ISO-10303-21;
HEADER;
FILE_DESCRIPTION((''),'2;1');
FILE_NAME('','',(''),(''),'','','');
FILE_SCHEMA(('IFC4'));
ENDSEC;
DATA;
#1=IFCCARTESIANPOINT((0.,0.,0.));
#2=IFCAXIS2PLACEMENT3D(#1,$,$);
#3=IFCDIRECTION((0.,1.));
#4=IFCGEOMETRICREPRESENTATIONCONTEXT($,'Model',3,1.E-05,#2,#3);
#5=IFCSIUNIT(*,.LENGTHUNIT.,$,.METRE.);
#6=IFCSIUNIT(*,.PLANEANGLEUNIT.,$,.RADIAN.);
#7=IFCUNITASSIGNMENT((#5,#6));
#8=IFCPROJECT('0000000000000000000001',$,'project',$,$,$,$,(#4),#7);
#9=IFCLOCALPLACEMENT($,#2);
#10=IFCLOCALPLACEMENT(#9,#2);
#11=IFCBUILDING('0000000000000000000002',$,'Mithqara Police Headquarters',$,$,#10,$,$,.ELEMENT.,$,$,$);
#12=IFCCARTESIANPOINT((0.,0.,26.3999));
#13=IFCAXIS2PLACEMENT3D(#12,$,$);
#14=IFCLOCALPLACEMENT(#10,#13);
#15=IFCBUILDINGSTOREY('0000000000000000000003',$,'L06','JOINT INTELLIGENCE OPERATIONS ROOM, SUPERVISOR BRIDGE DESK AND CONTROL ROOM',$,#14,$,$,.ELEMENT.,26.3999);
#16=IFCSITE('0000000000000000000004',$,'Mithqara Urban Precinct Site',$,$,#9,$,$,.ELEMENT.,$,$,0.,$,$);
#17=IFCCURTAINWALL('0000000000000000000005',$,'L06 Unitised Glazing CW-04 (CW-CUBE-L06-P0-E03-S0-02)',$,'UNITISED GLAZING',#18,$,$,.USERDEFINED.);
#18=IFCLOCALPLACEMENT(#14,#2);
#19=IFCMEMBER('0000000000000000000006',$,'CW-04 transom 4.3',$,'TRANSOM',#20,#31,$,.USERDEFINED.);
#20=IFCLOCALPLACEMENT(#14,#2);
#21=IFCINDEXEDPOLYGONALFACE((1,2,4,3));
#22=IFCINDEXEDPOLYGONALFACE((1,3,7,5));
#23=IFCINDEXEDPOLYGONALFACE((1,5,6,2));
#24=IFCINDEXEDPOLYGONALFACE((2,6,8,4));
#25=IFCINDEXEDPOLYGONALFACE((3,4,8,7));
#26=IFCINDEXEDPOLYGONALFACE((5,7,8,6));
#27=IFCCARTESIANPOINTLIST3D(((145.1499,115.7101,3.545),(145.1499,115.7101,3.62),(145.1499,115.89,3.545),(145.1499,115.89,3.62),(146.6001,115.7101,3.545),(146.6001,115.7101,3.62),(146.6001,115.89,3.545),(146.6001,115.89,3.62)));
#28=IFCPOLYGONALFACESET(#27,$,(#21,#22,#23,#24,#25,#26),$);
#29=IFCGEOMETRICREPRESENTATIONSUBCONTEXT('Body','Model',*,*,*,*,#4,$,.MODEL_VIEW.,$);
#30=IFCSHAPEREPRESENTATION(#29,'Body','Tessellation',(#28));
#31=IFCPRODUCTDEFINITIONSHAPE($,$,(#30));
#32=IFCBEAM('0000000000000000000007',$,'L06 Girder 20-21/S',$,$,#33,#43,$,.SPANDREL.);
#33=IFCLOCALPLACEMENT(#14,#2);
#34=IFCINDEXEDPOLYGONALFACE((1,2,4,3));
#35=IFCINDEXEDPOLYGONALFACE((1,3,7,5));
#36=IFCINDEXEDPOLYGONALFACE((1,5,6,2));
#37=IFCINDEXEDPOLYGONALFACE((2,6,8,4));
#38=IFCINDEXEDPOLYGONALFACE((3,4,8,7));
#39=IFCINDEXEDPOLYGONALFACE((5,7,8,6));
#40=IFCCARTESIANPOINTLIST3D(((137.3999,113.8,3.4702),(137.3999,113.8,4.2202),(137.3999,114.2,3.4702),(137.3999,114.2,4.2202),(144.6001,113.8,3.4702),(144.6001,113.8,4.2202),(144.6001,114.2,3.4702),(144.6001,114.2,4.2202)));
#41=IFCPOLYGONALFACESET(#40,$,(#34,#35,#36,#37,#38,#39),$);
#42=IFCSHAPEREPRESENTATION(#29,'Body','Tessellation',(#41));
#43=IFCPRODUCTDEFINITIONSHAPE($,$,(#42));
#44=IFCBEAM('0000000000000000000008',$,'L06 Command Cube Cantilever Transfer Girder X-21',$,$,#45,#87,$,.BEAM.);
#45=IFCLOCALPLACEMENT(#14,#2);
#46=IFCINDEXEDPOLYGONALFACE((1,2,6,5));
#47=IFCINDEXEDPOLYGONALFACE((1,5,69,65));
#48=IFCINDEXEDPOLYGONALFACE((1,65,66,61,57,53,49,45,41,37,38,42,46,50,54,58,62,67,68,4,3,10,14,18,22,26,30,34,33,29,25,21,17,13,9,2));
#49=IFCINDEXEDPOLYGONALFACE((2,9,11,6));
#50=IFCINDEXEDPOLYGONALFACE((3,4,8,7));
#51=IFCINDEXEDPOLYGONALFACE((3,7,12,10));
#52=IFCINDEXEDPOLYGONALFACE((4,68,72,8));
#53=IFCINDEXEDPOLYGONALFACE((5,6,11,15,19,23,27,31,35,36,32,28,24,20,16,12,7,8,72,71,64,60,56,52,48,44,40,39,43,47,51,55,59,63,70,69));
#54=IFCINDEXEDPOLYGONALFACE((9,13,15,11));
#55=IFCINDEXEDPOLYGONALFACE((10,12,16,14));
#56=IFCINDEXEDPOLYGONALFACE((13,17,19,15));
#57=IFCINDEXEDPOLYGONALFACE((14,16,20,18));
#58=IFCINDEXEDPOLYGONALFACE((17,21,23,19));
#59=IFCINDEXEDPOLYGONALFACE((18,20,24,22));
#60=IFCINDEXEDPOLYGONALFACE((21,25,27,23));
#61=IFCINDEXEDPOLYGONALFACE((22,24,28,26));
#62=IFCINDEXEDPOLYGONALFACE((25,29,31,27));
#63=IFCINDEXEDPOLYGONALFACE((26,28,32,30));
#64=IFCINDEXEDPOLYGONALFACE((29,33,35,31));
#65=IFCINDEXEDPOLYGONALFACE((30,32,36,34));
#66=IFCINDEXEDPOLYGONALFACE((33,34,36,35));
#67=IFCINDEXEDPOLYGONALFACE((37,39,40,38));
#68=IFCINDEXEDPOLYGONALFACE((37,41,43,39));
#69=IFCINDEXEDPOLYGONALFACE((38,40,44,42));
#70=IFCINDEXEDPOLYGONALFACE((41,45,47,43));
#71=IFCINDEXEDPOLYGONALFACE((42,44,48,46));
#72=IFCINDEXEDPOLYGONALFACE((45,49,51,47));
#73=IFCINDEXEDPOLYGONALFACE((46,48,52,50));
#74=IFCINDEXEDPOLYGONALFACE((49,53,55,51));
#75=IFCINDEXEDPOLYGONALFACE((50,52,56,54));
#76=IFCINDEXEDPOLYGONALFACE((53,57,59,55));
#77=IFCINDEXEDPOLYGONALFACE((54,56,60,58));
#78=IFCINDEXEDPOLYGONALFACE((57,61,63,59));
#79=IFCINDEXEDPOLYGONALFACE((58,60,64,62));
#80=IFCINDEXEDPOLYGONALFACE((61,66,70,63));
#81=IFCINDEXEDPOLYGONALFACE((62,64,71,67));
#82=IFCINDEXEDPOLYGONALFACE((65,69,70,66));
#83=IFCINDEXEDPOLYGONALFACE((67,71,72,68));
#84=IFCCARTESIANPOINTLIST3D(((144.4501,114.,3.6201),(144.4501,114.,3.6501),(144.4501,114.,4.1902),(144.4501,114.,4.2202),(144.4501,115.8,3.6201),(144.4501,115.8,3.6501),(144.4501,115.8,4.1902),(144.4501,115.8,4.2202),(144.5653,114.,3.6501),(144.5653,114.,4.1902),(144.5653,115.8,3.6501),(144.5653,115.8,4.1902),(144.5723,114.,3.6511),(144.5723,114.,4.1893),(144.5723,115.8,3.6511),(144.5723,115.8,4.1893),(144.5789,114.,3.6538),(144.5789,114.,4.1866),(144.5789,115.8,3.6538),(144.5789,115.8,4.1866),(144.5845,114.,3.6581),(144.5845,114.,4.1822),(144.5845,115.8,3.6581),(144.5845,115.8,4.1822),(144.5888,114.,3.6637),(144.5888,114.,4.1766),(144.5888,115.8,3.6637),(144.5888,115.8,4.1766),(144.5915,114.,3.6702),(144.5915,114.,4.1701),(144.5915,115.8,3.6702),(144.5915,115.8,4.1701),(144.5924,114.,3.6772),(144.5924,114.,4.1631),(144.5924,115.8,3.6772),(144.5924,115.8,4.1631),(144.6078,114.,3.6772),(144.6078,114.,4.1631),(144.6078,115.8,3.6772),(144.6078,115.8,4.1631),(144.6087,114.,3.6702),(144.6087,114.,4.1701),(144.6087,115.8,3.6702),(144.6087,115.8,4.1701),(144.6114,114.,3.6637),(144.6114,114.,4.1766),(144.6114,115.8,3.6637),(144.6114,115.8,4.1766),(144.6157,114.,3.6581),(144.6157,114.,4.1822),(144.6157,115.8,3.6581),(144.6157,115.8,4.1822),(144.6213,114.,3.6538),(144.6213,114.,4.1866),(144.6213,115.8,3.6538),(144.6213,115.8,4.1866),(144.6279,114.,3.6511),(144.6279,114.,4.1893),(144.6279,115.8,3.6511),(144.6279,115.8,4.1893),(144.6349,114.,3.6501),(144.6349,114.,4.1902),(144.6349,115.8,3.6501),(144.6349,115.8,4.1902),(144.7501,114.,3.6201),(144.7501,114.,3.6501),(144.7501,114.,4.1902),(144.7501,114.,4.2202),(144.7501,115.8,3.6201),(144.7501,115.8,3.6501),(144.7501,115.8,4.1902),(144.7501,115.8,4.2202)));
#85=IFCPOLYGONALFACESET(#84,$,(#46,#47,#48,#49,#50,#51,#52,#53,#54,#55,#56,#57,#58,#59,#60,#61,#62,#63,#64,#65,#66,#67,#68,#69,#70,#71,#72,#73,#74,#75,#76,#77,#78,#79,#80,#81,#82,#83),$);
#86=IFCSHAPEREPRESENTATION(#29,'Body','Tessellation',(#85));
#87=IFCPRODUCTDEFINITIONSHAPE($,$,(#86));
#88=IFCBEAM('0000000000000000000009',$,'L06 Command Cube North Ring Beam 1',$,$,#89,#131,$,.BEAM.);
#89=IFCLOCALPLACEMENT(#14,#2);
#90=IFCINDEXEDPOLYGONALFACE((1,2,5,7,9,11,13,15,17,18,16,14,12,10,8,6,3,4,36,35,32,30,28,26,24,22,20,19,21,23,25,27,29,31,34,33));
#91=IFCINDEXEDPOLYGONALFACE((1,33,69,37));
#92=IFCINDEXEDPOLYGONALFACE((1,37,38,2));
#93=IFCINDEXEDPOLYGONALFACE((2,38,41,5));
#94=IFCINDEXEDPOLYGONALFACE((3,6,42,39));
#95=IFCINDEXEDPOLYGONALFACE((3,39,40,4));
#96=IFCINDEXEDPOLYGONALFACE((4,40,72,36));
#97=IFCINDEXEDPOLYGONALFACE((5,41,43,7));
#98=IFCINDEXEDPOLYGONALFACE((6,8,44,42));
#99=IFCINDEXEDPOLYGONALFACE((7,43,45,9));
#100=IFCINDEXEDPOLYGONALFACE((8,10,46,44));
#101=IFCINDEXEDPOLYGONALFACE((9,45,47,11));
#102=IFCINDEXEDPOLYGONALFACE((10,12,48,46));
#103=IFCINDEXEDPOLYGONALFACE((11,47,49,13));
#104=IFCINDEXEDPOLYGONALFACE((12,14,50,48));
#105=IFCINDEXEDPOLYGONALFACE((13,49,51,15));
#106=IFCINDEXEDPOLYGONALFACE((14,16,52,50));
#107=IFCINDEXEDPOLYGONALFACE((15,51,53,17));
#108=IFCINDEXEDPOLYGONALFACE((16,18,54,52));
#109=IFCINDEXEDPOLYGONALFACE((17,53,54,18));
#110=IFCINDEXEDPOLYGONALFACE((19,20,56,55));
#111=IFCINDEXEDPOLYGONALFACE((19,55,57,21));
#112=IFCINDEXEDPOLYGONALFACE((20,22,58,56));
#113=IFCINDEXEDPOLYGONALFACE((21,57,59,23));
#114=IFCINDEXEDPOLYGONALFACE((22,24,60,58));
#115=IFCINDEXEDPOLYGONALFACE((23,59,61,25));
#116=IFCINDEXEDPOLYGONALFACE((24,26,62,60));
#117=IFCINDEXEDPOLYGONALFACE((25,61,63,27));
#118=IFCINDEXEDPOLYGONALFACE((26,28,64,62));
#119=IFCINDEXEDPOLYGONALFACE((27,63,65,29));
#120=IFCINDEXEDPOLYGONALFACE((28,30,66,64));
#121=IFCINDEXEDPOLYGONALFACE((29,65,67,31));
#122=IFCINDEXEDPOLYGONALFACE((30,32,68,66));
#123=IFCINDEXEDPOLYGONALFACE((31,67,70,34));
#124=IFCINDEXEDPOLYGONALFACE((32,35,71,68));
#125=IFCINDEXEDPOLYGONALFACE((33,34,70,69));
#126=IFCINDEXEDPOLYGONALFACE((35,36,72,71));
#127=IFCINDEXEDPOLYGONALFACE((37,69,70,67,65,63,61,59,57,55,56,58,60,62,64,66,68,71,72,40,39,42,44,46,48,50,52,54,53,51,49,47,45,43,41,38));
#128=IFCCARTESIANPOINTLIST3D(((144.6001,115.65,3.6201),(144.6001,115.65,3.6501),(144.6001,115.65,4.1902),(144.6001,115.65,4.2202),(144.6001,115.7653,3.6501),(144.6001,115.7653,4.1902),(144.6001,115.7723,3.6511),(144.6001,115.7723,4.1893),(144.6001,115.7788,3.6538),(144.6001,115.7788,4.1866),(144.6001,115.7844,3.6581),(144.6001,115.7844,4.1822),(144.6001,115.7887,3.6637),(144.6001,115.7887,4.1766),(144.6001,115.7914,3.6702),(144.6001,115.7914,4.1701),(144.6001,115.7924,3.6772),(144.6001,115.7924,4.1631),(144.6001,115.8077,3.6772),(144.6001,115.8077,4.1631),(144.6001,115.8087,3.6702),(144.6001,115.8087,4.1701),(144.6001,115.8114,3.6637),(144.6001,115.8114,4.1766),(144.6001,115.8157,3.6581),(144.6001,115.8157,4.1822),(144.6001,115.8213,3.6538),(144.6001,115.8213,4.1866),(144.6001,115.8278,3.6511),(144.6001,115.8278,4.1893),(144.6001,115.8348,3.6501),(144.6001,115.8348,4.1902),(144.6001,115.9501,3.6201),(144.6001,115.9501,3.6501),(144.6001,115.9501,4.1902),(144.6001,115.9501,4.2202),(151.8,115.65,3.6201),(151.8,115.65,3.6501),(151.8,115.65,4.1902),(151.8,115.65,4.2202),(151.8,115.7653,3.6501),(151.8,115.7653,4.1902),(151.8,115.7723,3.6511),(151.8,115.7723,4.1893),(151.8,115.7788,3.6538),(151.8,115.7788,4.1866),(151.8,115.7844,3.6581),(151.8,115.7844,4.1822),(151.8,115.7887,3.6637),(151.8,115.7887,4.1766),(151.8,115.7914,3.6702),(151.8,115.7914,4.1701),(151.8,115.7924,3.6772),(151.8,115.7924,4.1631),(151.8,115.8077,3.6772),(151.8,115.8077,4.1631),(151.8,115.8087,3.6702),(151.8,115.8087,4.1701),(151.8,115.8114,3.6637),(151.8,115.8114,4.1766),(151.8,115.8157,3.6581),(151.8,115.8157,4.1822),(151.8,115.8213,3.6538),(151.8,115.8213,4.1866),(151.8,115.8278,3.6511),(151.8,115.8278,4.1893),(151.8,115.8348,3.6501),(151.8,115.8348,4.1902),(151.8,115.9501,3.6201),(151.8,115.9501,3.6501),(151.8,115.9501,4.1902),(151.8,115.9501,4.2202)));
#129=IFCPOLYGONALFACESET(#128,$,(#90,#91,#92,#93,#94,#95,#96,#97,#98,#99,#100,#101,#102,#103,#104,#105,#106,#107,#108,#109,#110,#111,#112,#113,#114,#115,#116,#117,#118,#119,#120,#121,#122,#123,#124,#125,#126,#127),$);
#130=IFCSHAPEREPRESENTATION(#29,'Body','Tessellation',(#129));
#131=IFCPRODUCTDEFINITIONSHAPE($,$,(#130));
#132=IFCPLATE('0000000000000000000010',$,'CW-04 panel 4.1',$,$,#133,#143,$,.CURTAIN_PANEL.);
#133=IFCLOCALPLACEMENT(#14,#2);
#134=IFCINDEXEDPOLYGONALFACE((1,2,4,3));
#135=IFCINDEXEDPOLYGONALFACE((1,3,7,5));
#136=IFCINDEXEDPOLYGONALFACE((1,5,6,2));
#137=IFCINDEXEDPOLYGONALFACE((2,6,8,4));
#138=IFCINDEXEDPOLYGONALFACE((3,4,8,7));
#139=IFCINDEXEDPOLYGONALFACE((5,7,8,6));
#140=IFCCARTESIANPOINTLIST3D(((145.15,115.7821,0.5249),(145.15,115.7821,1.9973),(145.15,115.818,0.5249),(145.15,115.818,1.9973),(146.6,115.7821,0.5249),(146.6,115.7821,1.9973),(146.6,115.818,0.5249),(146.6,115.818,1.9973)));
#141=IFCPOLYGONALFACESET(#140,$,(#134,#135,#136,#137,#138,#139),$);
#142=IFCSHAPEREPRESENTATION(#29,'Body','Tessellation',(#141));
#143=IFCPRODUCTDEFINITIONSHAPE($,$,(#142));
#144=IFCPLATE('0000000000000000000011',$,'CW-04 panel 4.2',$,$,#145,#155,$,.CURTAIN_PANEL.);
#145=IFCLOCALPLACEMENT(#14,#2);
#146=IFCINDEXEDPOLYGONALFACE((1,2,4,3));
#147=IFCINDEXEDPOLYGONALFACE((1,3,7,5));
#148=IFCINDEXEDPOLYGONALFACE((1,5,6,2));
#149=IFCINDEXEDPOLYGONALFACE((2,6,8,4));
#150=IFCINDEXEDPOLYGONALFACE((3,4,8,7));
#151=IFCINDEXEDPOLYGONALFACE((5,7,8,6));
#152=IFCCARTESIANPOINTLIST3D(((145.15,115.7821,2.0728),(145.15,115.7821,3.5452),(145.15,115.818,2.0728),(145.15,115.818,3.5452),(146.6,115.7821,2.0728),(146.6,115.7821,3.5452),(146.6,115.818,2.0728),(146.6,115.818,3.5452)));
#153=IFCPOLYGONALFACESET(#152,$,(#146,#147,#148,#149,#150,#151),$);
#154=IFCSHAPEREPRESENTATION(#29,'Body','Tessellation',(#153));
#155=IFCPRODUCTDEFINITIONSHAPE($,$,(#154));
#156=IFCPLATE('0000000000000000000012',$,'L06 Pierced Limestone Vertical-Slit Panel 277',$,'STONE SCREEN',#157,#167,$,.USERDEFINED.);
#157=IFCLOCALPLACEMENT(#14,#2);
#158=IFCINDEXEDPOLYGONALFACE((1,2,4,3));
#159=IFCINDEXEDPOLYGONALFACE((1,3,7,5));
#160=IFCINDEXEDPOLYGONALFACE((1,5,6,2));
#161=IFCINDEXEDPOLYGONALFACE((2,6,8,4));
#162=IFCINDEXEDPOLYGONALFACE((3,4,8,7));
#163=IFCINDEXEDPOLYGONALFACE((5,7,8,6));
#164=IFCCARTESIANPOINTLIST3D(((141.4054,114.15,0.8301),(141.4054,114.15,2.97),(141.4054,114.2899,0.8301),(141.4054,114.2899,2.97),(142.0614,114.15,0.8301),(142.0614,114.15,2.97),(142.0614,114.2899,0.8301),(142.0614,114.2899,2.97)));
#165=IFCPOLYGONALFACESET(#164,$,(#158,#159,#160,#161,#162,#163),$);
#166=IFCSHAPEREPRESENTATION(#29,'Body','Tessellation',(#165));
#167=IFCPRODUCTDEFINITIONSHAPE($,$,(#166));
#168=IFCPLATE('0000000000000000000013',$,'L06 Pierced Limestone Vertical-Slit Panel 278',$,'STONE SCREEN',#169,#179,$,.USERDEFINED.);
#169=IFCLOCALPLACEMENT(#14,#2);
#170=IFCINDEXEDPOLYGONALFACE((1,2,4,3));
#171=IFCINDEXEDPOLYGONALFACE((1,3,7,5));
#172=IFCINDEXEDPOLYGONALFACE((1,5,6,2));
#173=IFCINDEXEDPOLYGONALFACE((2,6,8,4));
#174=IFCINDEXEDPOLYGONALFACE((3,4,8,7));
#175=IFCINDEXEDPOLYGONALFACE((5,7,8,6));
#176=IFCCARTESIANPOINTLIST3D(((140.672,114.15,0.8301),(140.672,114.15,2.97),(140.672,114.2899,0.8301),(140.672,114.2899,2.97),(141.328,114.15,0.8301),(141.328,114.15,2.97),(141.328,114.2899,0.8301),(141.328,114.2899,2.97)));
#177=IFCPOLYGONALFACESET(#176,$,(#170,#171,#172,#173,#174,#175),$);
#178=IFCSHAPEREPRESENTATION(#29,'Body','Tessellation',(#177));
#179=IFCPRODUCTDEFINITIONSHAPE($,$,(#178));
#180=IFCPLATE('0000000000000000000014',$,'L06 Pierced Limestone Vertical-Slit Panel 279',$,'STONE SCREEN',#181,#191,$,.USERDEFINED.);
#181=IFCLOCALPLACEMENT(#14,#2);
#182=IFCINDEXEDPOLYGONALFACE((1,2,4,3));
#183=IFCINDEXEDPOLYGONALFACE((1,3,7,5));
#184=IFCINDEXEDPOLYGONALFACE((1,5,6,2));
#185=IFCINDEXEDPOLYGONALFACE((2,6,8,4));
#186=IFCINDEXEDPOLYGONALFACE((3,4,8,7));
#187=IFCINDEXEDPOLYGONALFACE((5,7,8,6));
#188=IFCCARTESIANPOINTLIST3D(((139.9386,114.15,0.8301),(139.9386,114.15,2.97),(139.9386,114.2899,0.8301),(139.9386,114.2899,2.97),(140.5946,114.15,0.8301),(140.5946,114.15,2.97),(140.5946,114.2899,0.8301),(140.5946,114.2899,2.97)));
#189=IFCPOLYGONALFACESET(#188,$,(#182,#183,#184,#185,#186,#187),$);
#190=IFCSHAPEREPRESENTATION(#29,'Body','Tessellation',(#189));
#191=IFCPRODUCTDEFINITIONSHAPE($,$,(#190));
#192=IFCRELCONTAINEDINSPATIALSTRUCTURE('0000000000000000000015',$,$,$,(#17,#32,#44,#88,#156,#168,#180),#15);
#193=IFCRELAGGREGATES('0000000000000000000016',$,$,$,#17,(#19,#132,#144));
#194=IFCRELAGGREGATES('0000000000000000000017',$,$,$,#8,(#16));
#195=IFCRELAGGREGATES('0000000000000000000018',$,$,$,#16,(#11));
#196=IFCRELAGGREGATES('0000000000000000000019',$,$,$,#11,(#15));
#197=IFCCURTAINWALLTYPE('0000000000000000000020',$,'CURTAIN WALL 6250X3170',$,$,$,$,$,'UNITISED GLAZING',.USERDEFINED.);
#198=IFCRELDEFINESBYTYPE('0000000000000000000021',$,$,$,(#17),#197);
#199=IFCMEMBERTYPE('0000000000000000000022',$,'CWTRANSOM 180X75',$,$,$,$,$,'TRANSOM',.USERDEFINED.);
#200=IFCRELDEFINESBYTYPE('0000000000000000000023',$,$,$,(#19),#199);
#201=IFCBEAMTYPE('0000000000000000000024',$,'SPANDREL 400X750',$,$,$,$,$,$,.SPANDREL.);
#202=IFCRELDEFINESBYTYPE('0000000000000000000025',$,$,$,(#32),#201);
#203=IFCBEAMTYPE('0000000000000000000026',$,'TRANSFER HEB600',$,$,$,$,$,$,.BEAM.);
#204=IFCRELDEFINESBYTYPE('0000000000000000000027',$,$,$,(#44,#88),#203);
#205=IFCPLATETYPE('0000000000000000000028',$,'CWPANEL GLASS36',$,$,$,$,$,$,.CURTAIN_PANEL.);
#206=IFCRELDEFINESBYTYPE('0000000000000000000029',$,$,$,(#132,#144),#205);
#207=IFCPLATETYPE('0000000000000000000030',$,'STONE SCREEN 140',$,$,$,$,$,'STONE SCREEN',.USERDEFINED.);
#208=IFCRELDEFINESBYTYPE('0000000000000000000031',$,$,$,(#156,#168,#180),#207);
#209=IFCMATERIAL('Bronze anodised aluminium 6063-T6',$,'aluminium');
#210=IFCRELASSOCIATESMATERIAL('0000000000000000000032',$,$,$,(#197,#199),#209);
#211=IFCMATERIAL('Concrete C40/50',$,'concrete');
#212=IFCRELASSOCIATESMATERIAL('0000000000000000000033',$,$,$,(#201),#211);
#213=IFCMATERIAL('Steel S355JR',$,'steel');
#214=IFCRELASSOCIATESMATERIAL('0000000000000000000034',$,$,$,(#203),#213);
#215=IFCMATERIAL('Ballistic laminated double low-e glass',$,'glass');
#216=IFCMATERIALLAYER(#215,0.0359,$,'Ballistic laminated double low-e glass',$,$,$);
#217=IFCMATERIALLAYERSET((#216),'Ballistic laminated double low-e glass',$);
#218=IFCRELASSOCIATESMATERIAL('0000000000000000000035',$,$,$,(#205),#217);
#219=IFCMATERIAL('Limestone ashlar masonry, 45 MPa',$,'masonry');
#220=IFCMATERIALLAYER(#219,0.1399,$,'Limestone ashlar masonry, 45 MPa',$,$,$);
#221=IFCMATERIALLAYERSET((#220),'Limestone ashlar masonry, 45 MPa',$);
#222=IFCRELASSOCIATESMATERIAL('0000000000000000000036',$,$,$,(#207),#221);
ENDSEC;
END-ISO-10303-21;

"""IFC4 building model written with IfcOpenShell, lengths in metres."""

from ifc_helpers import new_model, si_unit, direction, frame, origin, origin_2d, place, context, subcontext, project, spatial, rectangle, i_section, extrude, material, layer, layer_set, material_profile, profile_set, type_object, element, aggregate, save


model = new_model("IFC4")

# Units and contexts
model_context = context("Model", 3, precision=1e-05, world=origin(), true_north=direction((0.0, 1.0)))
body_context = subcontext(model_context, "Body", "Model", "MODEL_VIEW")
ifc_project = project(units=[si_unit("LENGTHUNIT", "METRE"), si_unit("PLANEANGLEUNIT", "RADIAN")], contexts=[model_context])

# Site, building, storey
site_placement = place(None, origin())
site = spatial("IfcSite", under=ifc_project, at=site_placement, Name="Mithqara Urban Precinct Site", CompositionType="ELEMENT", RefElevation=0.0)
building_placement = place(site_placement, origin())
building = spatial("IfcBuilding", under=site, at=building_placement, Name="Mithqara Police Headquarters", CompositionType="ELEMENT")
storey_placement = place(building_placement, frame((0.0, 0.0, 26.3999)))
storey = spatial("IfcBuildingStorey", under=building, at=storey_placement, Name="L06", Description="JOINT INTELLIGENCE OPERATIONS ROOM, SUPERVISOR BRIDGE DESK AND CONTROL ROOM", CompositionType="ELEMENT", Elevation=26.3999)

# Shared definitions
ifc_material_1 = material(Name="Steel S355JR", Category="steel")

# Curtain wall, member
ifc_material_2 = material(Name="Bronze anodised aluminium 6063-T6", Category="aluminium")
curtain_wall_type = type_object("IfcCurtainWallType", Name="CURTAIN WALL 6250X3170", ElementType="UNITISED GLAZING", PredefinedType="USERDEFINED", material=ifc_material_2)
curtain_wall_placement = place(storey_placement, origin())
curtain_wall = element("IfcCurtainWall", 1, at=curtain_wall_placement, inside=storey, type_object=curtain_wall_type, Name="L06 Unitised Glazing CW-04 (CW-CUBE-L06-P0-E03-S0-02)", ObjectType="UNITISED GLAZING", PredefinedType="USERDEFINED")
ifc_material_profile_1 = material_profile(ifc_material_2, rectangle(XDim=0.1799, YDim=0.075, at=origin_2d()), Name="CWT 180x75")
ifc_profile_set_1 = profile_set([ifc_material_profile_1], Name="Bronze anodised aluminium 6063-T6")
member_type_1 = type_object("IfcMemberType", Name="CWTRANSOM 180X75", ElementType="TRANSOM", PredefinedType="USERDEFINED", material=ifc_profile_set_1)
member_1_placement = place(storey_placement, frame((146.6001, 115.8, 3.5825), z_axis=(-1.0, 0.0, 0.0), x_axis=(0.0, -1.0, 0.0)))
member_1 = element("IfcMember", 2, at=member_1_placement, type_object=member_type_1, Name="CW-04 transom 4.3", ObjectType="TRANSOM", PredefinedType="USERDEFINED", context=body_context, shape_type="SweptSolid", body=[
    extrude(rectangle(XDim=0.1799, YDim=0.075, at=origin_2d()), origin(), (0.0, 0.0, 1.0), 1.4502),
])

# Beams
ifc_material_3 = material(Name="Concrete C40/50", Category="concrete")
ifc_material_profile_2 = material_profile(ifc_material_3, rectangle(XDim=0.3999, YDim=0.75, at=origin_2d()), Name="SPB 400x750")
ifc_profile_set_2 = profile_set([ifc_material_profile_2], Name="Concrete C40/50")
beam_type_1 = type_object("IfcBeamType", Name="SPANDREL 400X750", PredefinedType="SPANDREL", material=ifc_profile_set_2)
beam_1_placement = place(storey_placement, frame((137.3999, 114.0, 3.8452), z_axis=(1.0, 0.0, 0.0), x_axis=(0.0, 1.0, 0.0)))
element("IfcBeam", 3, at=beam_1_placement, inside=storey, type_object=beam_type_1, Name="L06 Girder 20-21/S", PredefinedType="SPANDREL", context=body_context, shape_type="SweptSolid", body=[
    extrude(rectangle(XDim=0.3999, YDim=0.75, at=origin_2d()), origin(), (0.0, 0.0, 1.0), 7.2002),
])
ifc_material_profile_3 = material_profile(ifc_material_1, i_section(OverallWidth=0.3, OverallDepth=0.6001, WebThickness=0.0154, FlangeThickness=0.03, FilletRadius=0.0271, at=origin_2d()), Name="HEB 600")
ifc_profile_set_3 = profile_set([ifc_material_profile_3], Name="Steel S355JR")
beam_type_2 = type_object("IfcBeamType", Name="TRANSFER HEB600", PredefinedType="BEAM", material=ifc_profile_set_3)
beam_2_placement = place(storey_placement, frame((144.6001, 114.0, 3.9202), z_axis=(0.0, 1.0, 0.0), x_axis=(-1.0, 0.0, 0.0)))
element("IfcBeam", 4, at=beam_2_placement, inside=storey, type_object=beam_type_2, Name="L06 Command Cube Cantilever Transfer Girder X-21", PredefinedType="BEAM", context=body_context, shape_type="SweptSolid", body=[
    extrude(i_section(OverallWidth=0.3, OverallDepth=0.6001, WebThickness=0.0154, FlangeThickness=0.03, FilletRadius=0.0271, at=origin_2d()), origin(), (0.0, 0.0, 1.0), 1.8),
])
beam_3_placement = place(storey_placement, frame((144.6001, 115.8, 3.9202), z_axis=(1.0, 0.0, 0.0), x_axis=(0.0, 1.0, 0.0)))
element("IfcBeam", 5, at=beam_3_placement, inside=storey, type_object=beam_type_2, Name="L06 Command Cube North Ring Beam 1", PredefinedType="BEAM", context=body_context, shape_type="SweptSolid", body=[
    extrude(i_section(OverallWidth=0.3, OverallDepth=0.6001, WebThickness=0.0154, FlangeThickness=0.03, FilletRadius=0.0271, at=origin_2d()), origin(), (0.0, 0.0, 1.0), 7.2),
])

# Plates
ifc_material_4 = material(Name="Ballistic laminated double low-e glass", Category="glass")
ifc_layer_1 = layer(ifc_material_4, 0.0359, Name="Ballistic laminated double low-e glass")
ifc_layer_set_1 = layer_set([ifc_layer_1], Name="Ballistic laminated double low-e glass")
plate_type_1 = type_object("IfcPlateType", Name="CWPANEL GLASS36", PredefinedType="CURTAIN_PANEL", material=ifc_layer_set_1)
plate_1_placement = place(storey_placement, frame((145.875, 115.8, 0.5249), z_axis=(0.0, 0.0, 1.0), x_axis=(-1.0, 0.0, 0.0)))
plate_1 = element("IfcPlate", 6, at=plate_1_placement, type_object=plate_type_1, Name="CW-04 panel 4.1", PredefinedType="CURTAIN_PANEL", context=body_context, shape_type="SweptSolid", body=[
    extrude(rectangle(XDim=1.45, YDim=0.0359, at=origin_2d()), origin(), (0.0, 0.0, 1.0), 1.4724),
])
plate_2_placement = place(storey_placement, frame((145.875, 115.8, 2.0728), z_axis=(0.0, 0.0, 1.0), x_axis=(-1.0, 0.0, 0.0)))
plate_2 = element("IfcPlate", 7, at=plate_2_placement, type_object=plate_type_1, Name="CW-04 panel 4.2", PredefinedType="CURTAIN_PANEL", context=body_context, shape_type="SweptSolid", body=[
    extrude(rectangle(XDim=1.45, YDim=0.0359, at=origin_2d()), origin(), (0.0, 0.0, 1.0), 1.4724),
])
aggregate(curtain_wall, [member_1, plate_1, plate_2])

# Plates
ifc_material_5 = material(Name="Limestone ashlar masonry, 45 MPa", Category="masonry")
ifc_layer_2 = layer(ifc_material_5, 0.1399, Name="Limestone ashlar masonry, 45 MPa")
ifc_layer_set_2 = layer_set([ifc_layer_2], Name="Limestone ashlar masonry, 45 MPa")
plate_type_2 = type_object("IfcPlateType", Name="STONE SCREEN 140", ElementType="STONE SCREEN", PredefinedType="USERDEFINED", material=ifc_layer_set_2)
for number, where, z_axis, x_axis, name in (
    (8, (141.7334, 114.22, 0.8301), (0.0, 0.0, 1.0), (1.0, 0.0, 0.0), "L06 Pierced Limestone Vertical-Slit Panel 277"),
    (9, (141.0, 114.22, 0.8301), (0.0, 0.0, 1.0), (1.0, 0.0, 0.0), "L06 Pierced Limestone Vertical-Slit Panel 278"),
    (10, (140.2666, 114.22, 0.8301), (0.0, 0.0, 1.0), (1.0, 0.0, 0.0), "L06 Pierced Limestone Vertical-Slit Panel 279"),
):
    element("IfcPlate", number, at=place(storey_placement, frame(where, z_axis=z_axis, x_axis=x_axis)), inside=storey, type_object=plate_type_2, Name=name, ObjectType="STONE SCREEN", PredefinedType="USERDEFINED", context=body_context, shape_type="SweptSolid", body=[
        extrude(rectangle(XDim=0.656, YDim=0.1399, at=origin_2d()), origin(), (0.0, 0.0, 1.0), 2.1399),
    ])

save(model, "model.ifc")
